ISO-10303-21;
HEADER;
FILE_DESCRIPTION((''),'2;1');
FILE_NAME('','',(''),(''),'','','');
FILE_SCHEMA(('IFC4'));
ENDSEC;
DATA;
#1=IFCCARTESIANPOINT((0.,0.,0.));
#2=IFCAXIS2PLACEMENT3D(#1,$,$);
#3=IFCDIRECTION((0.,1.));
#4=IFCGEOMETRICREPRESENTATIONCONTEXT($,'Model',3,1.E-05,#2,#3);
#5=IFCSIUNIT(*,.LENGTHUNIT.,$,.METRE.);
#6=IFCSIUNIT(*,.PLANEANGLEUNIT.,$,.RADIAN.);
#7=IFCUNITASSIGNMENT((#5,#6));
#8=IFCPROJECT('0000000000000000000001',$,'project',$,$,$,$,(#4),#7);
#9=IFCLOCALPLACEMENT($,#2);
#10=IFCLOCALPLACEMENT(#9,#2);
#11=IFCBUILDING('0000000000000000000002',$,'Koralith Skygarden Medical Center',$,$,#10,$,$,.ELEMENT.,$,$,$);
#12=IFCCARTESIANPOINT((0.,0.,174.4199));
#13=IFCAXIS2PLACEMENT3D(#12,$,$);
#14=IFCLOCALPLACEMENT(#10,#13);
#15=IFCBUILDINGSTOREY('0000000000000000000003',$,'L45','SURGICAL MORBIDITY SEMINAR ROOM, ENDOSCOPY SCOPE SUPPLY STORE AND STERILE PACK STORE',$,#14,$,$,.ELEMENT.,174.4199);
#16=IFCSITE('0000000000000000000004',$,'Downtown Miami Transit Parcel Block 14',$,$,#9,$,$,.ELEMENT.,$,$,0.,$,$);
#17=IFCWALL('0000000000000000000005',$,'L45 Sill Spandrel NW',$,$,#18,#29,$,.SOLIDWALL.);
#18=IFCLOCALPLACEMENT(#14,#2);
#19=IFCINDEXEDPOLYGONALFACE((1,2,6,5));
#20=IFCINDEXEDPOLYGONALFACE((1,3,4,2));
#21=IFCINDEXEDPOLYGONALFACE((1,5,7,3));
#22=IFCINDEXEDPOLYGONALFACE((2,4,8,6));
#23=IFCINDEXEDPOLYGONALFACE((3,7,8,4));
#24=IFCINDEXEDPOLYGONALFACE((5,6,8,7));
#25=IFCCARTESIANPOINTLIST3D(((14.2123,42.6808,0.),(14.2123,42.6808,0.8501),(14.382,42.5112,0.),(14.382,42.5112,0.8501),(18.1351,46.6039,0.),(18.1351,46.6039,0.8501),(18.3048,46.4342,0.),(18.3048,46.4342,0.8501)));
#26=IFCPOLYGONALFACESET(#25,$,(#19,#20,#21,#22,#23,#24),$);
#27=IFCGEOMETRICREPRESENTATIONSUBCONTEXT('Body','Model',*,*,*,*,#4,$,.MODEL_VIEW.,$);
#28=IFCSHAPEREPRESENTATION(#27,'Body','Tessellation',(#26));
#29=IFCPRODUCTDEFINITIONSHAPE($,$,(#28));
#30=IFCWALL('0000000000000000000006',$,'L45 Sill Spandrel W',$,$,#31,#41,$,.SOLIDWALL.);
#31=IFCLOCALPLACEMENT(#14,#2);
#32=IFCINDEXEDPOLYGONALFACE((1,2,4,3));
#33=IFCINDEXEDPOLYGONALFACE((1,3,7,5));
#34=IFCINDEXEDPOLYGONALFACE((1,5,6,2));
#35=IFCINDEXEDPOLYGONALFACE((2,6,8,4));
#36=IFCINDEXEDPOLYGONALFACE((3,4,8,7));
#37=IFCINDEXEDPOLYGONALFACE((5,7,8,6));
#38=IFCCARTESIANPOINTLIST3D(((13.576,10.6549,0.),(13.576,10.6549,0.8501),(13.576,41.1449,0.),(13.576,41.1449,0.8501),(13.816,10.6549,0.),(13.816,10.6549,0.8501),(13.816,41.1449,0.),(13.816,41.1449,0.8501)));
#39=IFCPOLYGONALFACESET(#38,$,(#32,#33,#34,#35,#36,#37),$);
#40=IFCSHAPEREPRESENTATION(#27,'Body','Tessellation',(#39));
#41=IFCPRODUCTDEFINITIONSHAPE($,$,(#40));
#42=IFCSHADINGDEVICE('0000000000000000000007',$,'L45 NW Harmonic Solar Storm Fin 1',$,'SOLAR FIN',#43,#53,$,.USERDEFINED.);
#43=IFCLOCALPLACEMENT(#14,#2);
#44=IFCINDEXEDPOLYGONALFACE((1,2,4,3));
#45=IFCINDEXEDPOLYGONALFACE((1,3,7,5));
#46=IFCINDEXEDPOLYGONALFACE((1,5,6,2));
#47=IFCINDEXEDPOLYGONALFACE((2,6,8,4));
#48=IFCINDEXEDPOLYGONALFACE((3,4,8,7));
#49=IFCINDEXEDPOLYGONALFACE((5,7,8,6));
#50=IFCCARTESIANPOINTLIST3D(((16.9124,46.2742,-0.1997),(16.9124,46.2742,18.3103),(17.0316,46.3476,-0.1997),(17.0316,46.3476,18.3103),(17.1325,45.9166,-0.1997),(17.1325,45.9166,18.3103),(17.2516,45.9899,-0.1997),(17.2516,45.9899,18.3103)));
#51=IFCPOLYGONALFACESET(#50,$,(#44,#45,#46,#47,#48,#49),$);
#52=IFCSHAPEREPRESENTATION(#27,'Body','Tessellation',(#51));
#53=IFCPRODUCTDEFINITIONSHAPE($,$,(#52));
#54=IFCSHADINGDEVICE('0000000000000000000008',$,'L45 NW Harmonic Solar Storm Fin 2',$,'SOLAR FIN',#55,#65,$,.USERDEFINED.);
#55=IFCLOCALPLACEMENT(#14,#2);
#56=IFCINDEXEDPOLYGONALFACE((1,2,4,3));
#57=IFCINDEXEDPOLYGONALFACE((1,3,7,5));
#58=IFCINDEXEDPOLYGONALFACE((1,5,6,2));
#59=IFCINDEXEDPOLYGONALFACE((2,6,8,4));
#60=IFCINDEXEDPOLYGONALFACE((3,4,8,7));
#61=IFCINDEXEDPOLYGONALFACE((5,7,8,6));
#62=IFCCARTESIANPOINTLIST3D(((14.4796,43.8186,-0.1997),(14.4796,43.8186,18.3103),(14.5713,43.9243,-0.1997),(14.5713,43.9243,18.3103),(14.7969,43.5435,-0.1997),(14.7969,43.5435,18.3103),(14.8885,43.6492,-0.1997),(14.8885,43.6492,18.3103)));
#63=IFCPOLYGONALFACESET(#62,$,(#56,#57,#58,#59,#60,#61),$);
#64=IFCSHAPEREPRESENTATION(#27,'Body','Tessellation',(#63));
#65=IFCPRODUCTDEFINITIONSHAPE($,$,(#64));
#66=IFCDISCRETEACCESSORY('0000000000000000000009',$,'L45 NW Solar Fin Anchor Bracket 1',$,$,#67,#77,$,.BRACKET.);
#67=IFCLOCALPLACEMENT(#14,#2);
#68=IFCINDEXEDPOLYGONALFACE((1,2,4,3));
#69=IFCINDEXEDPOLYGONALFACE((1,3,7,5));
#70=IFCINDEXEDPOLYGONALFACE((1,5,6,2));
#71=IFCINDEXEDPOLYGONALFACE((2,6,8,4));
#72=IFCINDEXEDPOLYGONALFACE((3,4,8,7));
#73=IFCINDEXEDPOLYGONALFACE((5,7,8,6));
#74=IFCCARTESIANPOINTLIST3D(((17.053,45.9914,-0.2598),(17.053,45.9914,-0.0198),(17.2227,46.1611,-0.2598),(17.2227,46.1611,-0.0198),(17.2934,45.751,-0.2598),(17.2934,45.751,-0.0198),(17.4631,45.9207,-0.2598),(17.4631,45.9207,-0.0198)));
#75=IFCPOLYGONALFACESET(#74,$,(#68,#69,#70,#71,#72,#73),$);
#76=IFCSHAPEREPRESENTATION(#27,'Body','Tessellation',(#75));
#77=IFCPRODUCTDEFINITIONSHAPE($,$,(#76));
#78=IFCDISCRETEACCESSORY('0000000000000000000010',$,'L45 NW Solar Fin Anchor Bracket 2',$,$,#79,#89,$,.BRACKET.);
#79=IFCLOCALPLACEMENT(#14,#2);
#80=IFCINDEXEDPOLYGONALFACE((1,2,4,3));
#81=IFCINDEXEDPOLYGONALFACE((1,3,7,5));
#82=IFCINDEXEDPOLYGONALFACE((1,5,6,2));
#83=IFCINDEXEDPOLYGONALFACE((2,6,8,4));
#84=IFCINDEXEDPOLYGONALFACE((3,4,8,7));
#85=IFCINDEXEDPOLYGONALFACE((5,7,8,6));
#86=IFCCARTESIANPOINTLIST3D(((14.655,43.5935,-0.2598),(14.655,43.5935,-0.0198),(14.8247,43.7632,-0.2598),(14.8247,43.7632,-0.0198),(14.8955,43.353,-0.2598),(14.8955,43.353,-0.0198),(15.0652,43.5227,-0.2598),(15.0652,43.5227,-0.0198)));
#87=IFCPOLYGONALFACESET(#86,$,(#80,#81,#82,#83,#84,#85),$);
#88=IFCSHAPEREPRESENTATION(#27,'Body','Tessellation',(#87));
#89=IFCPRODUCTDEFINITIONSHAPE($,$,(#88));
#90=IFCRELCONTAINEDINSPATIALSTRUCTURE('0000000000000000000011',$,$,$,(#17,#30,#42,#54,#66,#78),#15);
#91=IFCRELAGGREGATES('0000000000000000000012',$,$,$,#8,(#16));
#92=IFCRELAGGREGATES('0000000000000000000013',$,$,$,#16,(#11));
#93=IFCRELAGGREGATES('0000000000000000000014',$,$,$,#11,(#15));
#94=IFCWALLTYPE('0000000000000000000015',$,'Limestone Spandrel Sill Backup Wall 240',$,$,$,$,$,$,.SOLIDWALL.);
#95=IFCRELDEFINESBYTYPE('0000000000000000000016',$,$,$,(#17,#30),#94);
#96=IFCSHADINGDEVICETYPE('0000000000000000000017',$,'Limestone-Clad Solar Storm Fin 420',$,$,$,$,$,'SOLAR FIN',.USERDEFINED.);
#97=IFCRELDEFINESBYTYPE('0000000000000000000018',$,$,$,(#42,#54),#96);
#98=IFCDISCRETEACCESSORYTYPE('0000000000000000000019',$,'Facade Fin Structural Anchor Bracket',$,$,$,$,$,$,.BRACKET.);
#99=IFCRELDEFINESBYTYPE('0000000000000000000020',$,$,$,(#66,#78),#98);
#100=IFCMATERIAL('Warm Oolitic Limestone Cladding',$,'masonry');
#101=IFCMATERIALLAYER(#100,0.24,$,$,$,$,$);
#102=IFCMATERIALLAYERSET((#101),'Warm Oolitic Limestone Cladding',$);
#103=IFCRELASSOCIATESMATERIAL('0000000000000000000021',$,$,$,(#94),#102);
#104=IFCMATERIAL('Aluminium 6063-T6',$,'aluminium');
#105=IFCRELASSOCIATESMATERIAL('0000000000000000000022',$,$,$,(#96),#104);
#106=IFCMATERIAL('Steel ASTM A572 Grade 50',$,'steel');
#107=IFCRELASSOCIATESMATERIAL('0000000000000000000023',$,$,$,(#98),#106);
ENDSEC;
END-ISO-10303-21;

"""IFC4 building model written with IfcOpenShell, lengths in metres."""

from ifc_helpers import new_model, si_unit, direction, frame, frame_2d, origin, origin_2d, place, context, subcontext, project, spatial, rectangle, extrude, material, layer, layer_set, type_object, element, save


model = new_model("IFC4")

# Units and contexts
model_context = context("Model", 3, precision=1e-05, world=origin(), true_north=direction((0.0, 1.0)))
body_context = subcontext(model_context, "Body", "Model", "MODEL_VIEW")
ifc_project = project(units=[si_unit("LENGTHUNIT", "METRE"), si_unit("PLANEANGLEUNIT", "RADIAN")], contexts=[model_context])

# Site, building, storey
site_placement = place(None, origin())
site = spatial("IfcSite", under=ifc_project, at=site_placement, Name="Downtown Miami Transit Parcel Block 14", CompositionType="ELEMENT", RefElevation=0.0)
building_placement = place(site_placement, origin())
building = spatial("IfcBuilding", under=site, at=building_placement, Name="Koralith Skygarden Medical Center", CompositionType="ELEMENT")
storey_placement = place(building_placement, frame((0.0, 0.0, 174.4199)))
storey = spatial("IfcBuildingStorey", under=building, at=storey_placement, Name="L45", Description="SURGICAL MORBIDITY SEMINAR ROOM, ENDOSCOPY SCOPE SUPPLY STORE AND STERILE PACK STORE", CompositionType="ELEMENT", Elevation=174.4199)

# Shared definitions
ifc_material_1 = material(Name="Aluminium 6063-T6", Category="aluminium")

# Shared definitions
ifc_material_2 = material(Name="Warm Oolitic Limestone Cladding", Category="masonry")

# Walls
ifc_layer_1 = layer(ifc_material_2, 0.24)
ifc_layer_set_1 = layer_set([ifc_layer_1], Name="Warm Oolitic Limestone Cladding")
wall_type = type_object("IfcWallType", Name="Limestone Spandrel Sill Backup Wall 240", PredefinedType="SOLIDWALL", material=ifc_layer_set_1)
wall_1_placement = place(storey_placement, frame((18.22, 46.519, 0.0), z_axis=(0.0, 0.0, 1.0), x_axis=(-0.707085, -0.707129, 0.0)))
element("IfcWall", 1, at=wall_1_placement, inside=storey, type_object=wall_type, Name="L45 Sill Spandrel NW", PredefinedType="SOLIDWALL", context=body_context, shape_type="SweptSolid", body=[
    extrude(rectangle(XDim=5.5479, YDim=0.24, at=frame_2d((2.7739, 0.0))), origin(), (0.0, 0.0, 1.0), 0.8501),
])
wall_2_placement = place(storey_placement, frame((13.696, 41.145, 0.0), z_axis=(0.0, 0.0, 1.0), x_axis=(0.0, -1.0, 0.0)))
element("IfcWall", 2, at=wall_2_placement, inside=storey, type_object=wall_type, Name="L45 Sill Spandrel W", PredefinedType="SOLIDWALL", context=body_context, shape_type="SweptSolid", body=[
    extrude(rectangle(XDim=30.49, YDim=0.24, at=frame_2d((15.2451, 0.0))), origin(), (0.0, 0.0, 1.0), 0.8501),
])

# Shading devices
shading_device_type = type_object("IfcShadingDeviceType", Name="Limestone-Clad Solar Storm Fin 420", ElementType="SOLAR FIN", PredefinedType="USERDEFINED", material=ifc_material_1)
for number, where, z_axis, x_axis, name in (
    (3, (17.082, 46.1321, -0.1997), (0.0, 0.0, 1.0), (-0.524075, 0.851672, 0.0), "L45 NW Harmonic Solar Storm Fin 1"),
    (4, (14.6841, 43.7339, -0.1997), (0.0, 0.0, 1.0), (-0.75543, 0.655229, 0.0), "L45 NW Harmonic Solar Storm Fin 2"),
):
    element("IfcShadingDevice", number, at=place(storey_placement, frame(where, z_axis=z_axis, x_axis=x_axis)), inside=storey, type_object=shading_device_type, Name=name, ObjectType="SOLAR FIN", PredefinedType="USERDEFINED", context=body_context, shape_type="SweptSolid", body=[
        extrude(rectangle(XDim=0.4199, YDim=0.1399, at=origin_2d()), origin(), (0.0, 0.0, 1.0), 18.51),
    ])

# Discrete accessories
ifc_material_3 = material(Name="Steel ASTM A572 Grade 50", Category="steel")
discrete_accessory_type = type_object("IfcDiscreteAccessoryType", Name="Facade Fin Structural Anchor Bracket", PredefinedType="BRACKET", material=ifc_material_3)
for number, where, z_axis, x_axis, name in (
    (5, (17.2581, 45.9561, -0.2598), (0.0, 0.0, 1.0), (-0.707107, 0.707107, 0.0), "L45 NW Solar Fin Anchor Bracket 1"),
    (6, (14.8601, 43.5581, -0.2598), (0.0, 0.0, 1.0), (-0.707107, 0.707107, 0.0), "L45 NW Solar Fin Anchor Bracket 2"),
):
    element("IfcDiscreteAccessory", number, at=place(storey_placement, frame(where, z_axis=z_axis, x_axis=x_axis)), inside=storey, type_object=discrete_accessory_type, Name=name, PredefinedType="BRACKET", context=body_context, shape_type="SweptSolid", body=[
        extrude(rectangle(XDim=0.3401, YDim=0.24, at=origin_2d()), origin(), (0.0, 0.0, 1.0), 0.24),
    ])

save(model, "model.ifc")
